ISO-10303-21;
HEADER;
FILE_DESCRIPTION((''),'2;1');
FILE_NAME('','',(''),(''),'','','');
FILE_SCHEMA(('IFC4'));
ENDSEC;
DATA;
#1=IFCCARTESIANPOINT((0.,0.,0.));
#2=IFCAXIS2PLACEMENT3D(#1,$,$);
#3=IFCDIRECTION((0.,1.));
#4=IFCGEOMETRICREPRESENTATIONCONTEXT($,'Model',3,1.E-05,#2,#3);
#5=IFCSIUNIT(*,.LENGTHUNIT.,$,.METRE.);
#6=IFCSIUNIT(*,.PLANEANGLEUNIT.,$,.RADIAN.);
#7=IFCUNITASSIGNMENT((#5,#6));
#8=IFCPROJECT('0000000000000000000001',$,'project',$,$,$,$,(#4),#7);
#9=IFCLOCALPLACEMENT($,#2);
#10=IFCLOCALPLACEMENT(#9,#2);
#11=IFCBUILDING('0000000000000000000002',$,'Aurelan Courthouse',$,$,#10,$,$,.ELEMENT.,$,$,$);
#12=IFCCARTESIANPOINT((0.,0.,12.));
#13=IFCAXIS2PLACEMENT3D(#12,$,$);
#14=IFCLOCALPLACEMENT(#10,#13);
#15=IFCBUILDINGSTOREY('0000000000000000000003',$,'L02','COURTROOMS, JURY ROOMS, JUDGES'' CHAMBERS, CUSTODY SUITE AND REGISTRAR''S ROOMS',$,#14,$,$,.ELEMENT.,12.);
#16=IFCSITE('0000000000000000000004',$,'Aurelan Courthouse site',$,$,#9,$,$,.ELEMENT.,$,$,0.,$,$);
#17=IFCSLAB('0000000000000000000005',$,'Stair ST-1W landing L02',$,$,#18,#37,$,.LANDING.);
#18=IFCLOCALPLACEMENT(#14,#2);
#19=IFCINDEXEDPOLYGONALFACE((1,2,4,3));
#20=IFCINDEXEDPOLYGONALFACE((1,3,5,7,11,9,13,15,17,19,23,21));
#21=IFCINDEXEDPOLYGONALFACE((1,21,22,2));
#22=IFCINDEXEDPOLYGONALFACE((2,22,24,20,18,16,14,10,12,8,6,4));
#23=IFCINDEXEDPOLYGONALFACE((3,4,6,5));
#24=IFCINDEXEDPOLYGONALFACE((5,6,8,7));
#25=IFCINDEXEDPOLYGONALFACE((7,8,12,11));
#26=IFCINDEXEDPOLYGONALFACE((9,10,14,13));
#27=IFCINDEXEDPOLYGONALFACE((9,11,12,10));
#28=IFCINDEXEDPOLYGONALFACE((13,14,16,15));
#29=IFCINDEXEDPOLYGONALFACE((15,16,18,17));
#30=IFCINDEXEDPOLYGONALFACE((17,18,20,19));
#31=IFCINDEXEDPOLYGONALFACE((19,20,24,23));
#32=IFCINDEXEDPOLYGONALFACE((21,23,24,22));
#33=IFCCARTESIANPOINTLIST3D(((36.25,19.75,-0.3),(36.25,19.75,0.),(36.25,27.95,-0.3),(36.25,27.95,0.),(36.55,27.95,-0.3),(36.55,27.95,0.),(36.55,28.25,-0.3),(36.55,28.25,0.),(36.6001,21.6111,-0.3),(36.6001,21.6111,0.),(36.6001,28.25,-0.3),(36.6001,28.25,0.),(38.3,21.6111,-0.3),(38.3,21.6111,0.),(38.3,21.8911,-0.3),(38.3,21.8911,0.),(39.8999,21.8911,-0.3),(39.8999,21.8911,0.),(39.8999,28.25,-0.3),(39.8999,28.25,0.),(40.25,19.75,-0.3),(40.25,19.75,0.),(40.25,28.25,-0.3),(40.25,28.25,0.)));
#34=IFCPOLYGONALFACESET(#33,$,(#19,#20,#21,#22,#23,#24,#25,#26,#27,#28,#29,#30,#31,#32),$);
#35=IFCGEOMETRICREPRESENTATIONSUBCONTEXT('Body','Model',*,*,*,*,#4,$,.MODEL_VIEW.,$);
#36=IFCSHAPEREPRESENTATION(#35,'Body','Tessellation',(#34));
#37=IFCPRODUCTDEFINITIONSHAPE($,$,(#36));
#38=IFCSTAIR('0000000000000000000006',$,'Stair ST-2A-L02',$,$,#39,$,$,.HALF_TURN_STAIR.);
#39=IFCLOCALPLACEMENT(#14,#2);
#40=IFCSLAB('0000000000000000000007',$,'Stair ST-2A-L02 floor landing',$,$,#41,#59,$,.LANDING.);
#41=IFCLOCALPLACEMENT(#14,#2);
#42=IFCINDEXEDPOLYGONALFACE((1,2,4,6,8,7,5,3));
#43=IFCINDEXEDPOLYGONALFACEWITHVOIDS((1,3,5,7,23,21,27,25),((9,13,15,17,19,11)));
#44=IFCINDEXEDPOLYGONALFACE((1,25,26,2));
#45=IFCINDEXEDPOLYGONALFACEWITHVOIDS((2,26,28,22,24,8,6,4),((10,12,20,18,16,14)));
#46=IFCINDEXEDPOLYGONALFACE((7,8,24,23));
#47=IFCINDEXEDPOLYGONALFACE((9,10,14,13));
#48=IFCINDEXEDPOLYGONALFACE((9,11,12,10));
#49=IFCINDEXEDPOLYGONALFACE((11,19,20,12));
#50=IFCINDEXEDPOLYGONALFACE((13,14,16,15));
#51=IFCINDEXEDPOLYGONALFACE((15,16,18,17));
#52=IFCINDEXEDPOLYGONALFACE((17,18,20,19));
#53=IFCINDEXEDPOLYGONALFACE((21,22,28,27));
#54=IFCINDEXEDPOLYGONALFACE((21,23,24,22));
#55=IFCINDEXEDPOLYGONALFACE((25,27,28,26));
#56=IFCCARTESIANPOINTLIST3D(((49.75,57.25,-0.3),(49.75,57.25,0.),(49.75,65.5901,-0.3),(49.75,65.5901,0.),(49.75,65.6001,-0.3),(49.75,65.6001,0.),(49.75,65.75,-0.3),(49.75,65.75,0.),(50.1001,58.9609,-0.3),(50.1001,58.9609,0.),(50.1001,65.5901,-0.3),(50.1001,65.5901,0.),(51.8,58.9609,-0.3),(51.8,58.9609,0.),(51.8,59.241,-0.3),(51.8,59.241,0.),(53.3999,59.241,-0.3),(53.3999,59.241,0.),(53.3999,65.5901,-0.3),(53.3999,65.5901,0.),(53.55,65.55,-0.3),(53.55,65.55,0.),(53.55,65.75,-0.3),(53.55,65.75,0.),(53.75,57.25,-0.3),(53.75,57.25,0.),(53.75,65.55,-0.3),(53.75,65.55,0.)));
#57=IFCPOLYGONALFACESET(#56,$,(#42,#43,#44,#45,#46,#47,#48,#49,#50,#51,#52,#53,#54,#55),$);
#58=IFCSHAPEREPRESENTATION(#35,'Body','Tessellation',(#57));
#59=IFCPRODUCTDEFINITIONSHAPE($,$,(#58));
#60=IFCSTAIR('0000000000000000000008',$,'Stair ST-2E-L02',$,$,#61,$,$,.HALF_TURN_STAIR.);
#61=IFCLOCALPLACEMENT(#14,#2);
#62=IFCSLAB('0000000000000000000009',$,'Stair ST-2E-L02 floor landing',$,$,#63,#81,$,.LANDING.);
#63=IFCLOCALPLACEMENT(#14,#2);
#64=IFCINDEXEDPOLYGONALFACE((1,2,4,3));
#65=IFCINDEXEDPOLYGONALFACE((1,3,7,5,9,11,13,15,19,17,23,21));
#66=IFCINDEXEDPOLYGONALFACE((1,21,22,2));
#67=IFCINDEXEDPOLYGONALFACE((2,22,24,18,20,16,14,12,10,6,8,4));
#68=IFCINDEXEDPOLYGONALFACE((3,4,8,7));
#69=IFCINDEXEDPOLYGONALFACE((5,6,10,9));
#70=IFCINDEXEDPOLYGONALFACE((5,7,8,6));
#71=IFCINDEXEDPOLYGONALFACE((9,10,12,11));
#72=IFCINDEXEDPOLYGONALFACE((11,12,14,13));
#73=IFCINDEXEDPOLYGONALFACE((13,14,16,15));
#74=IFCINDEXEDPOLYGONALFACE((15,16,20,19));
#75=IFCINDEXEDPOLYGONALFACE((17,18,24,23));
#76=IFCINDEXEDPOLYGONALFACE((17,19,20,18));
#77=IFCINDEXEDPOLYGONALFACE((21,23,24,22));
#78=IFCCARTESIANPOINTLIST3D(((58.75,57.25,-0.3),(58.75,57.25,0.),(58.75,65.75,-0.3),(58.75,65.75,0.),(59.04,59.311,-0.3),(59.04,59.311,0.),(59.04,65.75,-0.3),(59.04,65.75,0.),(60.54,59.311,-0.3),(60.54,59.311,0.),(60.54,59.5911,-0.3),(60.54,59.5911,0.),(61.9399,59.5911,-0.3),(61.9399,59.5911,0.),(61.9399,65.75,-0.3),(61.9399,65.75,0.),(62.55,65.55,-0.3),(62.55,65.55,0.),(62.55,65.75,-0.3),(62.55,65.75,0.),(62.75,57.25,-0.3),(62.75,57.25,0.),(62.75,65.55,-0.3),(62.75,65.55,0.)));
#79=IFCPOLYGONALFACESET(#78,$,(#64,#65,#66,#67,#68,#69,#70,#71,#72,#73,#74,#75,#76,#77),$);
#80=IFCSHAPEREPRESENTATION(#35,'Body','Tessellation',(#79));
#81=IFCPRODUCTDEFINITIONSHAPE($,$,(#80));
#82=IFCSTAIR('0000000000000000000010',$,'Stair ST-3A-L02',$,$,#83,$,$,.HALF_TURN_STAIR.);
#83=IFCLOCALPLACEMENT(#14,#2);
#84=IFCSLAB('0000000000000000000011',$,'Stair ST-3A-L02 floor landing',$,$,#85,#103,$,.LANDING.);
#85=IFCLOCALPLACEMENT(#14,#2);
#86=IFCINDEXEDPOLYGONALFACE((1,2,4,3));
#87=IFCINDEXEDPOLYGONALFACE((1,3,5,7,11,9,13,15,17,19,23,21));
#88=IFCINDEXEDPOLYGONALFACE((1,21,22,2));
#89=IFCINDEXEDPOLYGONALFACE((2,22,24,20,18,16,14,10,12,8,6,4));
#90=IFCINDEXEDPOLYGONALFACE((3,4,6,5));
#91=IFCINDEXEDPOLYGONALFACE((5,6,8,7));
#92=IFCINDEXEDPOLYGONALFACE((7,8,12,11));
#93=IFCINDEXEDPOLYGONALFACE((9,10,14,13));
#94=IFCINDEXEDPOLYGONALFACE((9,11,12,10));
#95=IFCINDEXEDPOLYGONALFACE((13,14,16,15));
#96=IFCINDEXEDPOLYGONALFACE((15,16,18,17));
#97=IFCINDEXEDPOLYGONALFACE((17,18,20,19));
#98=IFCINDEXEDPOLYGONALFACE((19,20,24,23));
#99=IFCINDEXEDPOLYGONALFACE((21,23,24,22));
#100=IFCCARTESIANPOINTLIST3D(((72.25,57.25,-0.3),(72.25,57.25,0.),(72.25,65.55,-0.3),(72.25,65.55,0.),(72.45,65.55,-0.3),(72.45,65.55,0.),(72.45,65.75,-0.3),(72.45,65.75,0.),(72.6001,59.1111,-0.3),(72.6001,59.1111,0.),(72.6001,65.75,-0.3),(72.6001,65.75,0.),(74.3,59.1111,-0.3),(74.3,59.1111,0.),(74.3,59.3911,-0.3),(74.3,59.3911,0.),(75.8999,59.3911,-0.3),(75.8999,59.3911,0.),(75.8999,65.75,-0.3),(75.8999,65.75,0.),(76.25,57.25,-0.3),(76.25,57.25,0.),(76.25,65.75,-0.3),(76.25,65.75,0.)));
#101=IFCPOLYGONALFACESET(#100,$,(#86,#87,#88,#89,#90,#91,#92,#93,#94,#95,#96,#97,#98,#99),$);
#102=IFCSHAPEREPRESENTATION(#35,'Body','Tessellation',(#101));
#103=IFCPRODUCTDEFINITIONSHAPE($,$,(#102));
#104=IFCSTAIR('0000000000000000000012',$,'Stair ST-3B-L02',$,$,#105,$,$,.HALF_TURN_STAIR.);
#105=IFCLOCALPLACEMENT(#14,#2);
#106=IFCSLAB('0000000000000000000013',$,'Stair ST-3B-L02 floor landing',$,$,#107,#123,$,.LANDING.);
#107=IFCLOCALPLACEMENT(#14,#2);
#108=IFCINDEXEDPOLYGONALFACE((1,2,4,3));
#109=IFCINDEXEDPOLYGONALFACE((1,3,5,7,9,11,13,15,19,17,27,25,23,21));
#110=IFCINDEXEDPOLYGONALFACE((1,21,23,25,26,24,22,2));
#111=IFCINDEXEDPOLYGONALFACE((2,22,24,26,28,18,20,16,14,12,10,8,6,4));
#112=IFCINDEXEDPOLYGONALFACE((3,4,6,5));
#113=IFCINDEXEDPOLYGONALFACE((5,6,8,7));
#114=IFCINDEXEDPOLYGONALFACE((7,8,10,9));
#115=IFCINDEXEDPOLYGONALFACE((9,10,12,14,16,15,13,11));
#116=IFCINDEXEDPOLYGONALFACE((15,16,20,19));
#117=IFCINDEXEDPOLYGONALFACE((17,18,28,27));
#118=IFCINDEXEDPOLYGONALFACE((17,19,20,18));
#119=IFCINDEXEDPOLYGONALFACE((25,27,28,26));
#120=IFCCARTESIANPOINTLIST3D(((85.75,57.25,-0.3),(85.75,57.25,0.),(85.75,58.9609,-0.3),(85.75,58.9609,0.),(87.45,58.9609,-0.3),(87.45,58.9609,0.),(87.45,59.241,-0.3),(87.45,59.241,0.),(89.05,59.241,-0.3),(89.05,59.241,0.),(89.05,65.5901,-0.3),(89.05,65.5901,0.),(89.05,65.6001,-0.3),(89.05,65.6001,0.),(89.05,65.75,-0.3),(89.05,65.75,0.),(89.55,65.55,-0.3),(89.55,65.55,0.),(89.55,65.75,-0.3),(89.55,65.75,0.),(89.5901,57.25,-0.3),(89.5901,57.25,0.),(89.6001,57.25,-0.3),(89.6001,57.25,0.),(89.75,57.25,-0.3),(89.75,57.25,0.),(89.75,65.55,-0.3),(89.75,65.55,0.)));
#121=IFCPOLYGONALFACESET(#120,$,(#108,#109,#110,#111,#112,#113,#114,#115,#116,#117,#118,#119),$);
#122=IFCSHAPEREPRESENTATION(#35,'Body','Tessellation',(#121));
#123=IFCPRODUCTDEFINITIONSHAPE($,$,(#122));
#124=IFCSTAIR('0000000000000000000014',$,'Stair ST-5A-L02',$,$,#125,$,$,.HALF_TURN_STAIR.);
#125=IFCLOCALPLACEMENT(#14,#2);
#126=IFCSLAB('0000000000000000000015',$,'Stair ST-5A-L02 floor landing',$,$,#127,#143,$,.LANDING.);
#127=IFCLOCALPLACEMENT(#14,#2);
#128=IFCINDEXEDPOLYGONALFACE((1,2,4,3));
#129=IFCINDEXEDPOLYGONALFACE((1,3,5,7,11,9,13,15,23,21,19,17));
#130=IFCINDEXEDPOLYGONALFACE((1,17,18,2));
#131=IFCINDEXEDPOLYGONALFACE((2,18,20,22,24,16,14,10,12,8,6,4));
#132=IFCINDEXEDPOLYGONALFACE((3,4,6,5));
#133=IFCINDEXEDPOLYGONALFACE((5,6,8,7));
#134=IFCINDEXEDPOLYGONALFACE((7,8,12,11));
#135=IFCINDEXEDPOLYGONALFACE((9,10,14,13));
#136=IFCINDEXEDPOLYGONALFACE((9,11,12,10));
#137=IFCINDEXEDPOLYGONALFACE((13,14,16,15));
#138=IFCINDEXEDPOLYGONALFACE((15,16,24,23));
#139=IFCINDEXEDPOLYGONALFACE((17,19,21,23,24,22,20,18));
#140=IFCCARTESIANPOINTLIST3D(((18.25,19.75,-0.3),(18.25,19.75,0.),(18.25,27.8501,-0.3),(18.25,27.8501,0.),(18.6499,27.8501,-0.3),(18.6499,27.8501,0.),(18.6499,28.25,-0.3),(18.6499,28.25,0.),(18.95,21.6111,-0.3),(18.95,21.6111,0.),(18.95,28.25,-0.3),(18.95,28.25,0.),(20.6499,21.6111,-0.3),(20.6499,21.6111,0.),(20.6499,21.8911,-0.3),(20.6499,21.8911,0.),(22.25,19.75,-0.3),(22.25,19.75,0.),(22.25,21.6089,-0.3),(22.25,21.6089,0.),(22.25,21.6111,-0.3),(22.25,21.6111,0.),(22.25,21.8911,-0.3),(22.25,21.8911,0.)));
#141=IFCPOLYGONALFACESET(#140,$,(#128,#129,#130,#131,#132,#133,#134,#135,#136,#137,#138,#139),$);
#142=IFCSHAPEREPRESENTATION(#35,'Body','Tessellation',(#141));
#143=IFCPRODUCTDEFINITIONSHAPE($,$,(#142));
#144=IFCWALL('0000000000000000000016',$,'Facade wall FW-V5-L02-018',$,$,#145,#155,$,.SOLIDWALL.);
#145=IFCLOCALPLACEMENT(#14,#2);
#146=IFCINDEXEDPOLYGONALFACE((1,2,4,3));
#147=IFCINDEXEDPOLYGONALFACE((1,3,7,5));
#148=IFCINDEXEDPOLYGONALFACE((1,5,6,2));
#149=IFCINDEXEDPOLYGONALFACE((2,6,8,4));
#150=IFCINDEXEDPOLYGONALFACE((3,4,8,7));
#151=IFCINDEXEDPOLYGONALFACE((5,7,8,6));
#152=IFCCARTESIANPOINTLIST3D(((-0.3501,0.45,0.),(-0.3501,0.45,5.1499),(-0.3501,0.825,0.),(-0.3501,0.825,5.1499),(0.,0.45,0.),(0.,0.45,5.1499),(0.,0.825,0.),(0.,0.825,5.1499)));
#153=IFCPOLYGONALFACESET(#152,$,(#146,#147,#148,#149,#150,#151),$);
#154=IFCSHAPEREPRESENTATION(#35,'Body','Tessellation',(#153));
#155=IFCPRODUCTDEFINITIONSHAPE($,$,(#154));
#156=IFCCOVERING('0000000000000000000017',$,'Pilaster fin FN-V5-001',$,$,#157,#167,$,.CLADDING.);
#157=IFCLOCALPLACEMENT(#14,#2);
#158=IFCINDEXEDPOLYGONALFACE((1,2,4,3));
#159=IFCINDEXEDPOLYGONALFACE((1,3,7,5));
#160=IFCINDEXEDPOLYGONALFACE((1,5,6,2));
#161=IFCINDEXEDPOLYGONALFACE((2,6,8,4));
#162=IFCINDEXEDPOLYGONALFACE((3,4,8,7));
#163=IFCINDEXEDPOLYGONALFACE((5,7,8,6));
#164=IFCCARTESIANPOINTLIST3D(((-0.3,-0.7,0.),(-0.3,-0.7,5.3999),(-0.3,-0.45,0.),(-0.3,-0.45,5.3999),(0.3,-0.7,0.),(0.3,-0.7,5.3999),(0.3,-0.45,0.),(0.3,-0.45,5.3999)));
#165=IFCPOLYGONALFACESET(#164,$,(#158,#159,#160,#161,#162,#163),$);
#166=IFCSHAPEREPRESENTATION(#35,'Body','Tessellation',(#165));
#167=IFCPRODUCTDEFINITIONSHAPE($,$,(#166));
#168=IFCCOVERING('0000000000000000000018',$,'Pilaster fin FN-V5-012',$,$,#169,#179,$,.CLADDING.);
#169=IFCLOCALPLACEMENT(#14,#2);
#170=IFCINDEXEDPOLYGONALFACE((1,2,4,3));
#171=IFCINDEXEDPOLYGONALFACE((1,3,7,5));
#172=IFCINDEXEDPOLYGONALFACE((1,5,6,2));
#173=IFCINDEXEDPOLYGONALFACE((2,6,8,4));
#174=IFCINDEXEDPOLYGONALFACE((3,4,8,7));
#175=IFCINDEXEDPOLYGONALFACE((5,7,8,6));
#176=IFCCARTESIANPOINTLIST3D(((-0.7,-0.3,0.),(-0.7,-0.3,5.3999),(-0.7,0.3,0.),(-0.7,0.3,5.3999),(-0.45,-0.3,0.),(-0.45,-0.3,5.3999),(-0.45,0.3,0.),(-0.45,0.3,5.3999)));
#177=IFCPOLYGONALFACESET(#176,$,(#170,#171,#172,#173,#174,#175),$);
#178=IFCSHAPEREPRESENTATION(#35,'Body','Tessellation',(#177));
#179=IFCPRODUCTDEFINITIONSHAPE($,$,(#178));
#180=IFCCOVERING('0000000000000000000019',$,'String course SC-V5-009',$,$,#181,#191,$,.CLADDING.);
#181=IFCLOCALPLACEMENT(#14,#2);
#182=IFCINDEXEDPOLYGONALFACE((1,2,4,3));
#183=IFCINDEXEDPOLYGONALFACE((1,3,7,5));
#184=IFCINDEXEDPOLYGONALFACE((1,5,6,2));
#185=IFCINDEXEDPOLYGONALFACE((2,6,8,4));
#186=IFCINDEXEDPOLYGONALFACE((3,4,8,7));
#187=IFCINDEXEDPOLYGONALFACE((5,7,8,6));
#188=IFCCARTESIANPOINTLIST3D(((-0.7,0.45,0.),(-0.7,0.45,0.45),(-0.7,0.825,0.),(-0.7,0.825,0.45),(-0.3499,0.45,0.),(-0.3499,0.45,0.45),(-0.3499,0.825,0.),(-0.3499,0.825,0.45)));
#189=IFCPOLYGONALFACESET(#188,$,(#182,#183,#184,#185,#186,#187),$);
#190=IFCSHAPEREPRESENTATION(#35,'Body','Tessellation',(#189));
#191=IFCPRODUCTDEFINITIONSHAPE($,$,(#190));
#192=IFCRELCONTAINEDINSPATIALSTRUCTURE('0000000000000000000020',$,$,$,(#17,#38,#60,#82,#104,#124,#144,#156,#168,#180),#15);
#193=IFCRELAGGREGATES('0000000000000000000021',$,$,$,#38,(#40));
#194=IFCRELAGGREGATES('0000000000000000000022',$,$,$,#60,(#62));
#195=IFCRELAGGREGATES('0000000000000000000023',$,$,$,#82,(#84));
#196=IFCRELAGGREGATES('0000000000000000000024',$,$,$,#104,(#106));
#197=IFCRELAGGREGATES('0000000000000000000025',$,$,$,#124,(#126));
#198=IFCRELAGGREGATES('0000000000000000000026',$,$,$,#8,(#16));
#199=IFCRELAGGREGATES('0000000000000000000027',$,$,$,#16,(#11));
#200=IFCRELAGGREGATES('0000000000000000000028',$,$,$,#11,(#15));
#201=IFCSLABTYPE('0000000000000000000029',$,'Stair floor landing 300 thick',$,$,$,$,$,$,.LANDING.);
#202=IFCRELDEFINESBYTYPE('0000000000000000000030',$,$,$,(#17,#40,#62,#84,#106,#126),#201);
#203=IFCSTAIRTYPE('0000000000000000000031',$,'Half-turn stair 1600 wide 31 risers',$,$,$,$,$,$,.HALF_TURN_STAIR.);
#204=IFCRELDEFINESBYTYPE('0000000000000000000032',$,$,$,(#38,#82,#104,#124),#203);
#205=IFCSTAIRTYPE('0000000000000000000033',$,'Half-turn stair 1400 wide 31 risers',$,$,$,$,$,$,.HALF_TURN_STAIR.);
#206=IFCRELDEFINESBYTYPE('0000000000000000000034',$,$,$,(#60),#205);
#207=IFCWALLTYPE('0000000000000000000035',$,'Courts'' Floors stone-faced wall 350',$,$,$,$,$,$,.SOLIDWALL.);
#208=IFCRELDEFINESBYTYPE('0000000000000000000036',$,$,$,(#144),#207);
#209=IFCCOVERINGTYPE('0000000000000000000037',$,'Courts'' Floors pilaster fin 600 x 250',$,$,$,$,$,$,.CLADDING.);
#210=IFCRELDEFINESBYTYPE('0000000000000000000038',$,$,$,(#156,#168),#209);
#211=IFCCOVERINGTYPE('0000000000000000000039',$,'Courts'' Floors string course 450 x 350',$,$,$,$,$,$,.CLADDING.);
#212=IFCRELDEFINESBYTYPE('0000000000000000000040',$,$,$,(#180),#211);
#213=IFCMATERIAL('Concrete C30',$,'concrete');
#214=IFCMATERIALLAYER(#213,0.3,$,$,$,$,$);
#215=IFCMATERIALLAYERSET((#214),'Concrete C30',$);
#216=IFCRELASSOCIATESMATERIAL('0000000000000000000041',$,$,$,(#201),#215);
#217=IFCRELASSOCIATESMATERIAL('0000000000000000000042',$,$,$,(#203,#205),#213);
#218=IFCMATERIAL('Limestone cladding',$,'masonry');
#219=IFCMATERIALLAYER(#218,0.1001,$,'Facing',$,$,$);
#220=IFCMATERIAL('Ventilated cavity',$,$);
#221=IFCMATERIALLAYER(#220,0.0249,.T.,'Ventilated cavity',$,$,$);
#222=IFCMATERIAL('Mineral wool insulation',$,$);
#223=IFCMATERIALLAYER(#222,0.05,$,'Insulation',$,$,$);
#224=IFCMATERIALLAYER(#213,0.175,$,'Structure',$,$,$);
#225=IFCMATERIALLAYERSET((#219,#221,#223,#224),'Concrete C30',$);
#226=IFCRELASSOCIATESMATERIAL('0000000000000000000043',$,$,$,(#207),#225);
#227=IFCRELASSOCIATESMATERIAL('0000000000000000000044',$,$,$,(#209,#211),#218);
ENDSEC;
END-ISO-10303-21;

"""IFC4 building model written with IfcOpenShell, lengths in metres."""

from ifc_helpers import new_model, si_unit, direction, frame, frame_2d, origin, origin_2d, place, context, subcontext, project, spatial, polyline, rectangle, outline, extrude, material, layer, layer_set, type_object, element, aggregate, save


model = new_model("IFC4")

# Units and contexts
model_context = context("Model", 3, precision=1e-05, world=origin(), true_north=direction((0.0, 1.0)))
body_context = subcontext(model_context, "Body", "Model", "MODEL_VIEW")
ifc_project = project(units=[si_unit("LENGTHUNIT", "METRE"), si_unit("PLANEANGLEUNIT", "RADIAN")], contexts=[model_context])

# Site, building, storey
site_placement = place(None, origin())
site = spatial("IfcSite", under=ifc_project, at=site_placement, Name="Aurelan Courthouse site", CompositionType="ELEMENT", RefElevation=0.0)
building_placement = place(site_placement, origin())
building = spatial("IfcBuilding", under=site, at=building_placement, Name="Aurelan Courthouse", CompositionType="ELEMENT")
storey_placement = place(building_placement, frame((0.0, 0.0, 12.0)))
storey = spatial("IfcBuildingStorey", under=building, at=storey_placement, Name="L02", Description="COURTROOMS, JURY ROOMS, JUDGES' CHAMBERS, CUSTODY SUITE AND REGISTRAR'S ROOMS", CompositionType="ELEMENT", Elevation=12.0)

# Shared definitions
ifc_material_1 = material(Name="Concrete C30", Category="concrete")

# Shared definitions
ifc_layer_1 = layer(ifc_material_1, 0.3)
ifc_layer_set_1 = layer_set([ifc_layer_1], Name="Concrete C30")
slab_type_1 = type_object("IfcSlabType", Name="Stair floor landing 300 thick", PredefinedType="LANDING", material=ifc_layer_set_1)

# Slab
slab_1_placement = place(storey_placement, frame((0.0, 0.0, -0.3)))
element("IfcSlab", 1, at=slab_1_placement, inside=storey, type_object=slab_type_1, Name="Stair ST-1W landing L02", PredefinedType="LANDING", context=body_context, shape_type="SweptSolid", body=[
    extrude(outline(polyline([(36.6001, 21.6111), (38.3, 21.6111), (38.3, 21.8911), (39.8999, 21.8911), (39.8999, 28.25), (40.25, 28.25), (40.25, 19.75), (36.25, 19.75), (36.25, 27.95), (36.55, 27.95), (36.55, 28.25), (36.6001, 28.25), (36.6001, 21.6111)])), origin(), (0.0, 0.0, 1.0), 0.3),
])

# Stairs, slabs
stair_type_1 = type_object("IfcStairType", Name="Half-turn stair 1600 wide 31 risers", PredefinedType="HALF_TURN_STAIR", material=ifc_material_1)
stair_1_placement = place(storey_placement, origin())
stair_1 = element("IfcStair", 2, at=stair_1_placement, inside=storey, type_object=stair_type_1, Name="Stair ST-2A-L02", PredefinedType="HALF_TURN_STAIR")
slab_2_placement = place(storey_placement, frame((0.0, 0.0, -0.3)))
slab_2 = element("IfcSlab", 3, at=slab_2_placement, type_object=slab_type_1, Name="Stair ST-2A-L02 floor landing", PredefinedType="LANDING", context=body_context, shape_type="SweptSolid", body=[
    extrude(outline(polyline([(53.75, 57.25), (49.75, 57.25), (49.75, 65.5901), (49.75, 65.6001), (49.75, 65.75), (53.55, 65.75), (53.55, 65.55), (53.75, 65.55), (53.75, 57.25)]), holes=[polyline([(51.8, 58.9609), (51.8, 59.241), (53.3999, 59.241), (53.3999, 65.5901), (50.1001, 65.5901), (50.1001, 58.9609), (51.8, 58.9609)])]), origin(), (0.0, 0.0, 1.0), 0.3),
])
aggregate(stair_1, [slab_2])
stair_type_2 = type_object("IfcStairType", Name="Half-turn stair 1400 wide 31 risers", PredefinedType="HALF_TURN_STAIR", material=ifc_material_1)
stair_2_placement = place(storey_placement, origin())
stair_2 = element("IfcStair", 4, at=stair_2_placement, inside=storey, type_object=stair_type_2, Name="Stair ST-2E-L02", PredefinedType="HALF_TURN_STAIR")
slab_3_placement = place(storey_placement, frame((0.0, 0.0, -0.3)))
slab_3 = element("IfcSlab", 5, at=slab_3_placement, type_object=slab_type_1, Name="Stair ST-2E-L02 floor landing", PredefinedType="LANDING", context=body_context, shape_type="SweptSolid", body=[
    extrude(outline(polyline([(59.04, 59.311), (60.54, 59.311), (60.54, 59.5911), (61.9399, 59.5911), (61.9399, 65.75), (62.55, 65.75), (62.55, 65.55), (62.75, 65.55), (62.75, 57.25), (58.75, 57.25), (58.75, 65.75), (59.04, 65.75), (59.04, 59.311)])), origin(), (0.0, 0.0, 1.0), 0.3),
])
aggregate(stair_2, [slab_3])
stair_3_placement = place(storey_placement, origin())
stair_3 = element("IfcStair", 6, at=stair_3_placement, inside=storey, type_object=stair_type_1, Name="Stair ST-3A-L02", PredefinedType="HALF_TURN_STAIR")
slab_4_placement = place(storey_placement, frame((0.0, 0.0, -0.3)))
slab_4 = element("IfcSlab", 7, at=slab_4_placement, type_object=slab_type_1, Name="Stair ST-3A-L02 floor landing", PredefinedType="LANDING", context=body_context, shape_type="SweptSolid", body=[
    extrude(outline(polyline([(72.6001, 59.1111), (74.3, 59.1111), (74.3, 59.3911), (75.8999, 59.3911), (75.8999, 65.75), (76.25, 65.75), (76.25, 57.25), (72.25, 57.25), (72.25, 65.55), (72.45, 65.55), (72.45, 65.75), (72.6001, 65.75), (72.6001, 59.1111)])), origin(), (0.0, 0.0, 1.0), 0.3),
])
aggregate(stair_3, [slab_4])
stair_4_placement = place(storey_placement, origin())
stair_4 = element("IfcStair", 8, at=stair_4_placement, inside=storey, type_object=stair_type_1, Name="Stair ST-3B-L02", PredefinedType="HALF_TURN_STAIR")
slab_5_placement = place(storey_placement, frame((0.0, 0.0, -0.3)))
slab_5 = element("IfcSlab", 9, at=slab_5_placement, type_object=slab_type_1, Name="Stair ST-3B-L02 floor landing", PredefinedType="LANDING", context=body_context, shape_type="SweptSolid", body=[
    extrude(outline(polyline([(89.05, 59.241), (89.05, 65.5901), (89.05, 65.6001), (89.05, 65.75), (89.55, 65.75), (89.55, 65.55), (89.75, 65.55), (89.75, 57.25), (89.6001, 57.25), (89.5901, 57.25), (85.75, 57.25), (85.75, 58.9609), (87.45, 58.9609), (87.45, 59.241), (89.05, 59.241)])), origin(), (0.0, 0.0, 1.0), 0.3),
])
aggregate(stair_4, [slab_5])
stair_5_placement = place(storey_placement, origin())
stair_5 = element("IfcStair", 10, at=stair_5_placement, inside=storey, type_object=stair_type_1, Name="Stair ST-5A-L02", PredefinedType="HALF_TURN_STAIR")
slab_6_placement = place(storey_placement, frame((0.0, 0.0, -0.3)))
slab_6 = element("IfcSlab", 11, at=slab_6_placement, type_object=slab_type_1, Name="Stair ST-5A-L02 floor landing", PredefinedType="LANDING", context=body_context, shape_type="SweptSolid", body=[
    extrude(outline(polyline([(18.95, 21.6111), (20.6499, 21.6111), (20.6499, 21.8911), (22.25, 21.8911), (22.25, 21.6111), (22.25, 21.6089), (22.25, 19.75), (18.25, 19.75), (18.25, 27.8501), (18.6499, 27.8501), (18.6499, 28.25), (18.95, 28.25), (18.95, 21.6111)])), origin(), (0.0, 0.0, 1.0), 0.3),
])
aggregate(stair_5, [slab_6])

# Wall
ifc_material_2 = material(Name="Limestone cladding", Category="masonry")
ifc_layer_2 = layer(ifc_material_2, 0.1001, Name="Facing")
ifc_material_3 = material(Name="Ventilated cavity")
ifc_layer_3 = layer(ifc_material_3, 0.0249, ventilated=True, Name="Ventilated cavity")
ifc_material_4 = material(Name="Mineral wool insulation")
ifc_layer_4 = layer(ifc_material_4, 0.05, Name="Insulation")
ifc_layer_5 = layer(ifc_material_1, 0.175, Name="Structure")
ifc_layer_set_2 = layer_set([ifc_layer_2, ifc_layer_3, ifc_layer_4, ifc_layer_5], Name="Concrete C30")
wall_type = type_object("IfcWallType", Name="Courts' Floors stone-faced wall 350", PredefinedType="SOLIDWALL", material=ifc_layer_set_2)
wall_placement = place(storey_placement, frame((-0.175, 0.45, 0.0), z_axis=(0.0, 0.0, 1.0), x_axis=(0.0, 1.0, 0.0)))
element("IfcWall", 12, at=wall_placement, inside=storey, type_object=wall_type, Name="Facade wall FW-V5-L02-018", PredefinedType="SOLIDWALL", context=body_context, shape_type="SweptSolid", body=[
    extrude(rectangle(XDim=0.375, YDim=0.3501, at=frame_2d((0.1875, 0.0))), origin(), (0.0, 0.0, 1.0), 5.1499),
])

# Coverings
covering_type_1 = type_object("IfcCoveringType", Name="Courts' Floors pilaster fin 600 x 250", PredefinedType="CLADDING", material=ifc_material_2)
covering_1_placement = place(storey_placement, frame((0.0, -0.575, 0.0), z_axis=(0.0, 0.0, 1.0), x_axis=(1.0, 0.0, 0.0)))
element("IfcCovering", 13, at=covering_1_placement, inside=storey, type_object=covering_type_1, Name="Pilaster fin FN-V5-001", PredefinedType="CLADDING", context=body_context, shape_type="SweptSolid", body=[
    extrude(rectangle(XDim=0.6001, YDim=0.25, at=origin_2d()), origin(), (0.0, 0.0, 1.0), 5.3999),
])
covering_2_placement = place(storey_placement, frame((-0.575, 0.0, 0.0), z_axis=(0.0, 0.0, 1.0), x_axis=(1.0, 0.0, 0.0)))
element("IfcCovering", 14, at=covering_2_placement, inside=storey, type_object=covering_type_1, Name="Pilaster fin FN-V5-012", PredefinedType="CLADDING", context=body_context, shape_type="SweptSolid", body=[
    extrude(rectangle(XDim=0.25, YDim=0.6001, at=origin_2d()), origin(), (0.0, 0.0, 1.0), 5.3999),
])
covering_type_2 = type_object("IfcCoveringType", Name="Courts' Floors string course 450 x 350", PredefinedType="CLADDING", material=ifc_material_2)
covering_3_placement = place(storey_placement, frame((-0.5249, 0.6375, 0.0), z_axis=(0.0, 0.0, 1.0), x_axis=(1.0, 0.0, 0.0)))
element("IfcCovering", 15, at=covering_3_placement, inside=storey, type_object=covering_type_2, Name="String course SC-V5-009", PredefinedType="CLADDING", context=body_context, shape_type="SweptSolid", body=[
    extrude(rectangle(XDim=0.3501, YDim=0.375, at=origin_2d()), origin(), (0.0, 0.0, 1.0), 0.45),
])

save(model, "model.ifc")
